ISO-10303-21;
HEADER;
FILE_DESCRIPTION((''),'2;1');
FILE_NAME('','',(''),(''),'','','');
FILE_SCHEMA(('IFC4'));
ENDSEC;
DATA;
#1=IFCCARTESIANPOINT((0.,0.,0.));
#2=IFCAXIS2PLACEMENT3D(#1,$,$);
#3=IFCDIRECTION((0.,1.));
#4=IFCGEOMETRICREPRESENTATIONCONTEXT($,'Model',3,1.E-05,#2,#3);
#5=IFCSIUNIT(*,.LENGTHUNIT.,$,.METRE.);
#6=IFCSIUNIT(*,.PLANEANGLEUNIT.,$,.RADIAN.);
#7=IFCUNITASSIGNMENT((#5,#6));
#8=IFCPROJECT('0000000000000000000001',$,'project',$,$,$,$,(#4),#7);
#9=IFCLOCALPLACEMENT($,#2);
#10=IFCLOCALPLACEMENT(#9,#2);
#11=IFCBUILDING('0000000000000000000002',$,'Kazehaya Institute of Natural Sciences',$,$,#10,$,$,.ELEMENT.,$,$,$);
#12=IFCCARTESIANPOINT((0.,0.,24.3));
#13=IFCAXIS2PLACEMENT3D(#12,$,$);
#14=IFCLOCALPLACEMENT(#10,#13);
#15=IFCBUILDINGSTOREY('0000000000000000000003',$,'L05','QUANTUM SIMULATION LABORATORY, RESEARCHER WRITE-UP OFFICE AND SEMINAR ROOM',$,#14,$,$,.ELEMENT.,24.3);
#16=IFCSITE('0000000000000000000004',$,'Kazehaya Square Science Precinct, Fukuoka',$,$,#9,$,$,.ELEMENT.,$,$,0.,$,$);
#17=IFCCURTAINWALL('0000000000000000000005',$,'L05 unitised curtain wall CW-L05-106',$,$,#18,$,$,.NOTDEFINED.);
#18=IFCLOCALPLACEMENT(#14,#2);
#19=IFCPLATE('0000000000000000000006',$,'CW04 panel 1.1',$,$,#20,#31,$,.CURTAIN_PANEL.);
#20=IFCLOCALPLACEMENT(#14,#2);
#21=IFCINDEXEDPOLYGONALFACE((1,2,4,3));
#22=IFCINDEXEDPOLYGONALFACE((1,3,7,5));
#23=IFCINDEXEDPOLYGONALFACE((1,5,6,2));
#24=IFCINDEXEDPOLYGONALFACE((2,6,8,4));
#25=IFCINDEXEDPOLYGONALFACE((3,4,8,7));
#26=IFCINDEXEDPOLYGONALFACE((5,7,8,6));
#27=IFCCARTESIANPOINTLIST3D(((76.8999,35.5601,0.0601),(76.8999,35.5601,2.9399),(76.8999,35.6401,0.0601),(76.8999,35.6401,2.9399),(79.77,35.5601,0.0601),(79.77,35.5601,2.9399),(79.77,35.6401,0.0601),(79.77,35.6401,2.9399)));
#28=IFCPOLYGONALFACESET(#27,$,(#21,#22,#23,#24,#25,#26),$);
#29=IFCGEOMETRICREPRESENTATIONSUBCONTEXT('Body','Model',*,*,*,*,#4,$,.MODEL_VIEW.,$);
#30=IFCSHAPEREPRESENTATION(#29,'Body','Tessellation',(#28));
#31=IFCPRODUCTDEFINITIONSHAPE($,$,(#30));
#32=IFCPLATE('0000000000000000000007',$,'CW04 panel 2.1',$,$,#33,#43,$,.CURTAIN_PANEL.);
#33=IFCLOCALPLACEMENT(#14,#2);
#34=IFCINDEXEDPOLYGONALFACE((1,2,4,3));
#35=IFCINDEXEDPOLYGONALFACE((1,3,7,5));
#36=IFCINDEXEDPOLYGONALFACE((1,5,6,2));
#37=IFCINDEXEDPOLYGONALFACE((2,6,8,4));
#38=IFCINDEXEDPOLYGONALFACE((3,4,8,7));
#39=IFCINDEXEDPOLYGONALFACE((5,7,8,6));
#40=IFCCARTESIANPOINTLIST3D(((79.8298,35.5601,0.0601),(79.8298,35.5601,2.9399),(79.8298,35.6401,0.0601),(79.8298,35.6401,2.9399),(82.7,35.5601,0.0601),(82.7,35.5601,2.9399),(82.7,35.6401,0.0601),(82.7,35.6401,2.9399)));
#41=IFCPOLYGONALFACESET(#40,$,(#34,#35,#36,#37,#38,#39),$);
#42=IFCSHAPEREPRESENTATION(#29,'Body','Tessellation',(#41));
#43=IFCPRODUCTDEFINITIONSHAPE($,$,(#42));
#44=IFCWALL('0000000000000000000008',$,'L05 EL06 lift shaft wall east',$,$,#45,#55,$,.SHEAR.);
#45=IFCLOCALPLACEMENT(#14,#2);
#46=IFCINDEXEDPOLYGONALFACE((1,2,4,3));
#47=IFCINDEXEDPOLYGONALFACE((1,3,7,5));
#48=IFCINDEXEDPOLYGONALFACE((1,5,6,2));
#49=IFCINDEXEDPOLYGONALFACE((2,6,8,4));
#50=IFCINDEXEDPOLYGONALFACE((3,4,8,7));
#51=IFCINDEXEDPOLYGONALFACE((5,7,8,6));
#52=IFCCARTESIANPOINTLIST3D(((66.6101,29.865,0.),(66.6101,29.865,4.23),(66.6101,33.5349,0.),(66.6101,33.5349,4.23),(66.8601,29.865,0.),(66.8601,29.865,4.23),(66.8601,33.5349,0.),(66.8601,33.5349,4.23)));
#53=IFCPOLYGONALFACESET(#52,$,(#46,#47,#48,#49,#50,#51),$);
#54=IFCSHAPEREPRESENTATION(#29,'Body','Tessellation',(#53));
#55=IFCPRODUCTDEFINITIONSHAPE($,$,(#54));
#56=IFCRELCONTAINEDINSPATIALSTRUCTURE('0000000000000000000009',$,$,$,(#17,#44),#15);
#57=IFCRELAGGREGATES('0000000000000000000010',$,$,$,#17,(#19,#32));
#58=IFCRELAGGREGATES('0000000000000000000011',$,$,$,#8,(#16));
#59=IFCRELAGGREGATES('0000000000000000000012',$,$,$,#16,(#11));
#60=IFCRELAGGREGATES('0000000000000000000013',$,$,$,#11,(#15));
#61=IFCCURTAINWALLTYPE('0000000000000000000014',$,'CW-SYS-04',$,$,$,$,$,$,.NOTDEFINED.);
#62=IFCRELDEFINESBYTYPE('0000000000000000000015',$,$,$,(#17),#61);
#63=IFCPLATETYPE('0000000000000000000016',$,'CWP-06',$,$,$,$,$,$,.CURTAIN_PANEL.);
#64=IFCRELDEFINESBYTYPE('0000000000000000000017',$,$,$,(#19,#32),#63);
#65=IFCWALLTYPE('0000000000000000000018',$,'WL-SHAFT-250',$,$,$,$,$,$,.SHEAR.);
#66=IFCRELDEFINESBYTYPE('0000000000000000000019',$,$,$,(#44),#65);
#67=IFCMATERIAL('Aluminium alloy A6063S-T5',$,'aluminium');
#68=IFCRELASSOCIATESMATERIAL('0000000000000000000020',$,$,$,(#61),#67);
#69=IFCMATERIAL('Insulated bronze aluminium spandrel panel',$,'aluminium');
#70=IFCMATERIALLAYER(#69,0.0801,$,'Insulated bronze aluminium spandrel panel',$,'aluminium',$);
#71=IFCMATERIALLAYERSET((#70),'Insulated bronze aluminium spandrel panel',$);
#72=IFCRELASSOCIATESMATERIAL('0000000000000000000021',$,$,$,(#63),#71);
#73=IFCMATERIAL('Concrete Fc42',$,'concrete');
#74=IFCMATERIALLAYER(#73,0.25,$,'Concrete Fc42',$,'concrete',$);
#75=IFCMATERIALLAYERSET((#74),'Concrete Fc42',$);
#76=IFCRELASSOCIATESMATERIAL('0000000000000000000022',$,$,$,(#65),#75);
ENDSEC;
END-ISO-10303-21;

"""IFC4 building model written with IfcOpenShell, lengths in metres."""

from ifc_helpers import new_model, si_unit, direction, frame, frame_2d, origin, origin_2d, place, context, subcontext, project, spatial, rectangle, extrude, material, layer, layer_set, type_object, element, aggregate, save


model = new_model("IFC4")

# Units and contexts
model_context = context("Model", 3, precision=1e-05, world=origin(), true_north=direction((0.0, 1.0)))
body_context = subcontext(model_context, "Body", "Model", "MODEL_VIEW")
ifc_project = project(units=[si_unit("LENGTHUNIT", "METRE"), si_unit("PLANEANGLEUNIT", "RADIAN")], contexts=[model_context])

# Site, building, storey
site_placement = place(None, origin())
site = spatial("IfcSite", under=ifc_project, at=site_placement, Name="Kazehaya Square Science Precinct, Fukuoka", CompositionType="ELEMENT", RefElevation=0.0)
building_placement = place(site_placement, origin())
building = spatial("IfcBuilding", under=site, at=building_placement, Name="Kazehaya Institute of Natural Sciences", CompositionType="ELEMENT")
storey_placement = place(building_placement, frame((0.0, 0.0, 24.3)))
storey = spatial("IfcBuildingStorey", under=building, at=storey_placement, Name="L05", Description="QUANTUM SIMULATION LABORATORY, RESEARCHER WRITE-UP OFFICE AND SEMINAR ROOM", CompositionType="ELEMENT", Elevation=24.3)

# Shared definitions
ifc_material_1 = material(Name="Concrete Fc42", Category="concrete")

# Shared definitions
ifc_material_2 = material(Name="Aluminium alloy A6063S-T5", Category="aluminium")
curtain_wall_type = type_object("IfcCurtainWallType", Name="CW-SYS-04", PredefinedType="NOTDEFINED", material=ifc_material_2)

# Curtain wall
curtain_wall_1_placement = place(storey_placement, origin())
curtain_wall_1 = element("IfcCurtainWall", 1, at=curtain_wall_1_placement, inside=storey, type_object=curtain_wall_type, Name="L05 unitised curtain wall CW-L05-106", PredefinedType="NOTDEFINED")

# Plates
ifc_material_3 = material(Name="Insulated bronze aluminium spandrel panel", Category="aluminium")
ifc_layer_1 = layer(ifc_material_3, 0.0801, Name="Insulated bronze aluminium spandrel panel", Category="aluminium")
ifc_layer_set_1 = layer_set([ifc_layer_1], Name="Insulated bronze aluminium spandrel panel")
plate_type_1 = type_object("IfcPlateType", Name="CWP-06", PredefinedType="CURTAIN_PANEL", material=ifc_layer_set_1)
plate_1_placement = place(storey_placement, frame((78.335, 35.6001, 0.0601), z_axis=(0.0, 0.0, 1.0), x_axis=(1.0, 0.0, 0.0)))
plate_1 = element("IfcPlate", 2, at=plate_1_placement, type_object=plate_type_1, Name="CW04 panel 1.1", PredefinedType="CURTAIN_PANEL", context=body_context, shape_type="SweptSolid", body=[
    extrude(rectangle(XDim=2.8701, YDim=0.0801, at=origin_2d()), origin(), (0.0, 0.0, 1.0), 2.8799),
])
plate_2_placement = place(storey_placement, frame((81.2649, 35.6001, 0.0601), z_axis=(0.0, 0.0, 1.0), x_axis=(1.0, 0.0, 0.0)))
plate_2 = element("IfcPlate", 3, at=plate_2_placement, type_object=plate_type_1, Name="CW04 panel 2.1", PredefinedType="CURTAIN_PANEL", context=body_context, shape_type="SweptSolid", body=[
    extrude(rectangle(XDim=2.8701, YDim=0.0801, at=origin_2d()), origin(), (0.0, 0.0, 1.0), 2.8799),
])
aggregate(curtain_wall_1, [plate_1, plate_2])

# Wall
ifc_layer_2 = layer(ifc_material_1, 0.25, Name="Concrete Fc42", Category="concrete")
ifc_layer_set_2 = layer_set([ifc_layer_2], Name="Concrete Fc42")
wall_type = type_object("IfcWallType", Name="WL-SHAFT-250", PredefinedType="SHEAR", material=ifc_layer_set_2)
wall_placement = place(storey_placement, frame((66.7351, 33.5349, 0.0), z_axis=(0.0, 0.0, 1.0), x_axis=(0.0, -1.0, 0.0)))
element("IfcWall", 4, at=wall_placement, inside=storey, type_object=wall_type, Name="L05 EL06 lift shaft wall east", PredefinedType="SHEAR", context=body_context, shape_type="SweptSolid", body=[
    extrude(rectangle(XDim=3.6699, YDim=0.25, at=frame_2d((1.835, 0.0))), origin(), (0.0, 0.0, 1.0), 4.23),
])

save(model, "model.ifc")
